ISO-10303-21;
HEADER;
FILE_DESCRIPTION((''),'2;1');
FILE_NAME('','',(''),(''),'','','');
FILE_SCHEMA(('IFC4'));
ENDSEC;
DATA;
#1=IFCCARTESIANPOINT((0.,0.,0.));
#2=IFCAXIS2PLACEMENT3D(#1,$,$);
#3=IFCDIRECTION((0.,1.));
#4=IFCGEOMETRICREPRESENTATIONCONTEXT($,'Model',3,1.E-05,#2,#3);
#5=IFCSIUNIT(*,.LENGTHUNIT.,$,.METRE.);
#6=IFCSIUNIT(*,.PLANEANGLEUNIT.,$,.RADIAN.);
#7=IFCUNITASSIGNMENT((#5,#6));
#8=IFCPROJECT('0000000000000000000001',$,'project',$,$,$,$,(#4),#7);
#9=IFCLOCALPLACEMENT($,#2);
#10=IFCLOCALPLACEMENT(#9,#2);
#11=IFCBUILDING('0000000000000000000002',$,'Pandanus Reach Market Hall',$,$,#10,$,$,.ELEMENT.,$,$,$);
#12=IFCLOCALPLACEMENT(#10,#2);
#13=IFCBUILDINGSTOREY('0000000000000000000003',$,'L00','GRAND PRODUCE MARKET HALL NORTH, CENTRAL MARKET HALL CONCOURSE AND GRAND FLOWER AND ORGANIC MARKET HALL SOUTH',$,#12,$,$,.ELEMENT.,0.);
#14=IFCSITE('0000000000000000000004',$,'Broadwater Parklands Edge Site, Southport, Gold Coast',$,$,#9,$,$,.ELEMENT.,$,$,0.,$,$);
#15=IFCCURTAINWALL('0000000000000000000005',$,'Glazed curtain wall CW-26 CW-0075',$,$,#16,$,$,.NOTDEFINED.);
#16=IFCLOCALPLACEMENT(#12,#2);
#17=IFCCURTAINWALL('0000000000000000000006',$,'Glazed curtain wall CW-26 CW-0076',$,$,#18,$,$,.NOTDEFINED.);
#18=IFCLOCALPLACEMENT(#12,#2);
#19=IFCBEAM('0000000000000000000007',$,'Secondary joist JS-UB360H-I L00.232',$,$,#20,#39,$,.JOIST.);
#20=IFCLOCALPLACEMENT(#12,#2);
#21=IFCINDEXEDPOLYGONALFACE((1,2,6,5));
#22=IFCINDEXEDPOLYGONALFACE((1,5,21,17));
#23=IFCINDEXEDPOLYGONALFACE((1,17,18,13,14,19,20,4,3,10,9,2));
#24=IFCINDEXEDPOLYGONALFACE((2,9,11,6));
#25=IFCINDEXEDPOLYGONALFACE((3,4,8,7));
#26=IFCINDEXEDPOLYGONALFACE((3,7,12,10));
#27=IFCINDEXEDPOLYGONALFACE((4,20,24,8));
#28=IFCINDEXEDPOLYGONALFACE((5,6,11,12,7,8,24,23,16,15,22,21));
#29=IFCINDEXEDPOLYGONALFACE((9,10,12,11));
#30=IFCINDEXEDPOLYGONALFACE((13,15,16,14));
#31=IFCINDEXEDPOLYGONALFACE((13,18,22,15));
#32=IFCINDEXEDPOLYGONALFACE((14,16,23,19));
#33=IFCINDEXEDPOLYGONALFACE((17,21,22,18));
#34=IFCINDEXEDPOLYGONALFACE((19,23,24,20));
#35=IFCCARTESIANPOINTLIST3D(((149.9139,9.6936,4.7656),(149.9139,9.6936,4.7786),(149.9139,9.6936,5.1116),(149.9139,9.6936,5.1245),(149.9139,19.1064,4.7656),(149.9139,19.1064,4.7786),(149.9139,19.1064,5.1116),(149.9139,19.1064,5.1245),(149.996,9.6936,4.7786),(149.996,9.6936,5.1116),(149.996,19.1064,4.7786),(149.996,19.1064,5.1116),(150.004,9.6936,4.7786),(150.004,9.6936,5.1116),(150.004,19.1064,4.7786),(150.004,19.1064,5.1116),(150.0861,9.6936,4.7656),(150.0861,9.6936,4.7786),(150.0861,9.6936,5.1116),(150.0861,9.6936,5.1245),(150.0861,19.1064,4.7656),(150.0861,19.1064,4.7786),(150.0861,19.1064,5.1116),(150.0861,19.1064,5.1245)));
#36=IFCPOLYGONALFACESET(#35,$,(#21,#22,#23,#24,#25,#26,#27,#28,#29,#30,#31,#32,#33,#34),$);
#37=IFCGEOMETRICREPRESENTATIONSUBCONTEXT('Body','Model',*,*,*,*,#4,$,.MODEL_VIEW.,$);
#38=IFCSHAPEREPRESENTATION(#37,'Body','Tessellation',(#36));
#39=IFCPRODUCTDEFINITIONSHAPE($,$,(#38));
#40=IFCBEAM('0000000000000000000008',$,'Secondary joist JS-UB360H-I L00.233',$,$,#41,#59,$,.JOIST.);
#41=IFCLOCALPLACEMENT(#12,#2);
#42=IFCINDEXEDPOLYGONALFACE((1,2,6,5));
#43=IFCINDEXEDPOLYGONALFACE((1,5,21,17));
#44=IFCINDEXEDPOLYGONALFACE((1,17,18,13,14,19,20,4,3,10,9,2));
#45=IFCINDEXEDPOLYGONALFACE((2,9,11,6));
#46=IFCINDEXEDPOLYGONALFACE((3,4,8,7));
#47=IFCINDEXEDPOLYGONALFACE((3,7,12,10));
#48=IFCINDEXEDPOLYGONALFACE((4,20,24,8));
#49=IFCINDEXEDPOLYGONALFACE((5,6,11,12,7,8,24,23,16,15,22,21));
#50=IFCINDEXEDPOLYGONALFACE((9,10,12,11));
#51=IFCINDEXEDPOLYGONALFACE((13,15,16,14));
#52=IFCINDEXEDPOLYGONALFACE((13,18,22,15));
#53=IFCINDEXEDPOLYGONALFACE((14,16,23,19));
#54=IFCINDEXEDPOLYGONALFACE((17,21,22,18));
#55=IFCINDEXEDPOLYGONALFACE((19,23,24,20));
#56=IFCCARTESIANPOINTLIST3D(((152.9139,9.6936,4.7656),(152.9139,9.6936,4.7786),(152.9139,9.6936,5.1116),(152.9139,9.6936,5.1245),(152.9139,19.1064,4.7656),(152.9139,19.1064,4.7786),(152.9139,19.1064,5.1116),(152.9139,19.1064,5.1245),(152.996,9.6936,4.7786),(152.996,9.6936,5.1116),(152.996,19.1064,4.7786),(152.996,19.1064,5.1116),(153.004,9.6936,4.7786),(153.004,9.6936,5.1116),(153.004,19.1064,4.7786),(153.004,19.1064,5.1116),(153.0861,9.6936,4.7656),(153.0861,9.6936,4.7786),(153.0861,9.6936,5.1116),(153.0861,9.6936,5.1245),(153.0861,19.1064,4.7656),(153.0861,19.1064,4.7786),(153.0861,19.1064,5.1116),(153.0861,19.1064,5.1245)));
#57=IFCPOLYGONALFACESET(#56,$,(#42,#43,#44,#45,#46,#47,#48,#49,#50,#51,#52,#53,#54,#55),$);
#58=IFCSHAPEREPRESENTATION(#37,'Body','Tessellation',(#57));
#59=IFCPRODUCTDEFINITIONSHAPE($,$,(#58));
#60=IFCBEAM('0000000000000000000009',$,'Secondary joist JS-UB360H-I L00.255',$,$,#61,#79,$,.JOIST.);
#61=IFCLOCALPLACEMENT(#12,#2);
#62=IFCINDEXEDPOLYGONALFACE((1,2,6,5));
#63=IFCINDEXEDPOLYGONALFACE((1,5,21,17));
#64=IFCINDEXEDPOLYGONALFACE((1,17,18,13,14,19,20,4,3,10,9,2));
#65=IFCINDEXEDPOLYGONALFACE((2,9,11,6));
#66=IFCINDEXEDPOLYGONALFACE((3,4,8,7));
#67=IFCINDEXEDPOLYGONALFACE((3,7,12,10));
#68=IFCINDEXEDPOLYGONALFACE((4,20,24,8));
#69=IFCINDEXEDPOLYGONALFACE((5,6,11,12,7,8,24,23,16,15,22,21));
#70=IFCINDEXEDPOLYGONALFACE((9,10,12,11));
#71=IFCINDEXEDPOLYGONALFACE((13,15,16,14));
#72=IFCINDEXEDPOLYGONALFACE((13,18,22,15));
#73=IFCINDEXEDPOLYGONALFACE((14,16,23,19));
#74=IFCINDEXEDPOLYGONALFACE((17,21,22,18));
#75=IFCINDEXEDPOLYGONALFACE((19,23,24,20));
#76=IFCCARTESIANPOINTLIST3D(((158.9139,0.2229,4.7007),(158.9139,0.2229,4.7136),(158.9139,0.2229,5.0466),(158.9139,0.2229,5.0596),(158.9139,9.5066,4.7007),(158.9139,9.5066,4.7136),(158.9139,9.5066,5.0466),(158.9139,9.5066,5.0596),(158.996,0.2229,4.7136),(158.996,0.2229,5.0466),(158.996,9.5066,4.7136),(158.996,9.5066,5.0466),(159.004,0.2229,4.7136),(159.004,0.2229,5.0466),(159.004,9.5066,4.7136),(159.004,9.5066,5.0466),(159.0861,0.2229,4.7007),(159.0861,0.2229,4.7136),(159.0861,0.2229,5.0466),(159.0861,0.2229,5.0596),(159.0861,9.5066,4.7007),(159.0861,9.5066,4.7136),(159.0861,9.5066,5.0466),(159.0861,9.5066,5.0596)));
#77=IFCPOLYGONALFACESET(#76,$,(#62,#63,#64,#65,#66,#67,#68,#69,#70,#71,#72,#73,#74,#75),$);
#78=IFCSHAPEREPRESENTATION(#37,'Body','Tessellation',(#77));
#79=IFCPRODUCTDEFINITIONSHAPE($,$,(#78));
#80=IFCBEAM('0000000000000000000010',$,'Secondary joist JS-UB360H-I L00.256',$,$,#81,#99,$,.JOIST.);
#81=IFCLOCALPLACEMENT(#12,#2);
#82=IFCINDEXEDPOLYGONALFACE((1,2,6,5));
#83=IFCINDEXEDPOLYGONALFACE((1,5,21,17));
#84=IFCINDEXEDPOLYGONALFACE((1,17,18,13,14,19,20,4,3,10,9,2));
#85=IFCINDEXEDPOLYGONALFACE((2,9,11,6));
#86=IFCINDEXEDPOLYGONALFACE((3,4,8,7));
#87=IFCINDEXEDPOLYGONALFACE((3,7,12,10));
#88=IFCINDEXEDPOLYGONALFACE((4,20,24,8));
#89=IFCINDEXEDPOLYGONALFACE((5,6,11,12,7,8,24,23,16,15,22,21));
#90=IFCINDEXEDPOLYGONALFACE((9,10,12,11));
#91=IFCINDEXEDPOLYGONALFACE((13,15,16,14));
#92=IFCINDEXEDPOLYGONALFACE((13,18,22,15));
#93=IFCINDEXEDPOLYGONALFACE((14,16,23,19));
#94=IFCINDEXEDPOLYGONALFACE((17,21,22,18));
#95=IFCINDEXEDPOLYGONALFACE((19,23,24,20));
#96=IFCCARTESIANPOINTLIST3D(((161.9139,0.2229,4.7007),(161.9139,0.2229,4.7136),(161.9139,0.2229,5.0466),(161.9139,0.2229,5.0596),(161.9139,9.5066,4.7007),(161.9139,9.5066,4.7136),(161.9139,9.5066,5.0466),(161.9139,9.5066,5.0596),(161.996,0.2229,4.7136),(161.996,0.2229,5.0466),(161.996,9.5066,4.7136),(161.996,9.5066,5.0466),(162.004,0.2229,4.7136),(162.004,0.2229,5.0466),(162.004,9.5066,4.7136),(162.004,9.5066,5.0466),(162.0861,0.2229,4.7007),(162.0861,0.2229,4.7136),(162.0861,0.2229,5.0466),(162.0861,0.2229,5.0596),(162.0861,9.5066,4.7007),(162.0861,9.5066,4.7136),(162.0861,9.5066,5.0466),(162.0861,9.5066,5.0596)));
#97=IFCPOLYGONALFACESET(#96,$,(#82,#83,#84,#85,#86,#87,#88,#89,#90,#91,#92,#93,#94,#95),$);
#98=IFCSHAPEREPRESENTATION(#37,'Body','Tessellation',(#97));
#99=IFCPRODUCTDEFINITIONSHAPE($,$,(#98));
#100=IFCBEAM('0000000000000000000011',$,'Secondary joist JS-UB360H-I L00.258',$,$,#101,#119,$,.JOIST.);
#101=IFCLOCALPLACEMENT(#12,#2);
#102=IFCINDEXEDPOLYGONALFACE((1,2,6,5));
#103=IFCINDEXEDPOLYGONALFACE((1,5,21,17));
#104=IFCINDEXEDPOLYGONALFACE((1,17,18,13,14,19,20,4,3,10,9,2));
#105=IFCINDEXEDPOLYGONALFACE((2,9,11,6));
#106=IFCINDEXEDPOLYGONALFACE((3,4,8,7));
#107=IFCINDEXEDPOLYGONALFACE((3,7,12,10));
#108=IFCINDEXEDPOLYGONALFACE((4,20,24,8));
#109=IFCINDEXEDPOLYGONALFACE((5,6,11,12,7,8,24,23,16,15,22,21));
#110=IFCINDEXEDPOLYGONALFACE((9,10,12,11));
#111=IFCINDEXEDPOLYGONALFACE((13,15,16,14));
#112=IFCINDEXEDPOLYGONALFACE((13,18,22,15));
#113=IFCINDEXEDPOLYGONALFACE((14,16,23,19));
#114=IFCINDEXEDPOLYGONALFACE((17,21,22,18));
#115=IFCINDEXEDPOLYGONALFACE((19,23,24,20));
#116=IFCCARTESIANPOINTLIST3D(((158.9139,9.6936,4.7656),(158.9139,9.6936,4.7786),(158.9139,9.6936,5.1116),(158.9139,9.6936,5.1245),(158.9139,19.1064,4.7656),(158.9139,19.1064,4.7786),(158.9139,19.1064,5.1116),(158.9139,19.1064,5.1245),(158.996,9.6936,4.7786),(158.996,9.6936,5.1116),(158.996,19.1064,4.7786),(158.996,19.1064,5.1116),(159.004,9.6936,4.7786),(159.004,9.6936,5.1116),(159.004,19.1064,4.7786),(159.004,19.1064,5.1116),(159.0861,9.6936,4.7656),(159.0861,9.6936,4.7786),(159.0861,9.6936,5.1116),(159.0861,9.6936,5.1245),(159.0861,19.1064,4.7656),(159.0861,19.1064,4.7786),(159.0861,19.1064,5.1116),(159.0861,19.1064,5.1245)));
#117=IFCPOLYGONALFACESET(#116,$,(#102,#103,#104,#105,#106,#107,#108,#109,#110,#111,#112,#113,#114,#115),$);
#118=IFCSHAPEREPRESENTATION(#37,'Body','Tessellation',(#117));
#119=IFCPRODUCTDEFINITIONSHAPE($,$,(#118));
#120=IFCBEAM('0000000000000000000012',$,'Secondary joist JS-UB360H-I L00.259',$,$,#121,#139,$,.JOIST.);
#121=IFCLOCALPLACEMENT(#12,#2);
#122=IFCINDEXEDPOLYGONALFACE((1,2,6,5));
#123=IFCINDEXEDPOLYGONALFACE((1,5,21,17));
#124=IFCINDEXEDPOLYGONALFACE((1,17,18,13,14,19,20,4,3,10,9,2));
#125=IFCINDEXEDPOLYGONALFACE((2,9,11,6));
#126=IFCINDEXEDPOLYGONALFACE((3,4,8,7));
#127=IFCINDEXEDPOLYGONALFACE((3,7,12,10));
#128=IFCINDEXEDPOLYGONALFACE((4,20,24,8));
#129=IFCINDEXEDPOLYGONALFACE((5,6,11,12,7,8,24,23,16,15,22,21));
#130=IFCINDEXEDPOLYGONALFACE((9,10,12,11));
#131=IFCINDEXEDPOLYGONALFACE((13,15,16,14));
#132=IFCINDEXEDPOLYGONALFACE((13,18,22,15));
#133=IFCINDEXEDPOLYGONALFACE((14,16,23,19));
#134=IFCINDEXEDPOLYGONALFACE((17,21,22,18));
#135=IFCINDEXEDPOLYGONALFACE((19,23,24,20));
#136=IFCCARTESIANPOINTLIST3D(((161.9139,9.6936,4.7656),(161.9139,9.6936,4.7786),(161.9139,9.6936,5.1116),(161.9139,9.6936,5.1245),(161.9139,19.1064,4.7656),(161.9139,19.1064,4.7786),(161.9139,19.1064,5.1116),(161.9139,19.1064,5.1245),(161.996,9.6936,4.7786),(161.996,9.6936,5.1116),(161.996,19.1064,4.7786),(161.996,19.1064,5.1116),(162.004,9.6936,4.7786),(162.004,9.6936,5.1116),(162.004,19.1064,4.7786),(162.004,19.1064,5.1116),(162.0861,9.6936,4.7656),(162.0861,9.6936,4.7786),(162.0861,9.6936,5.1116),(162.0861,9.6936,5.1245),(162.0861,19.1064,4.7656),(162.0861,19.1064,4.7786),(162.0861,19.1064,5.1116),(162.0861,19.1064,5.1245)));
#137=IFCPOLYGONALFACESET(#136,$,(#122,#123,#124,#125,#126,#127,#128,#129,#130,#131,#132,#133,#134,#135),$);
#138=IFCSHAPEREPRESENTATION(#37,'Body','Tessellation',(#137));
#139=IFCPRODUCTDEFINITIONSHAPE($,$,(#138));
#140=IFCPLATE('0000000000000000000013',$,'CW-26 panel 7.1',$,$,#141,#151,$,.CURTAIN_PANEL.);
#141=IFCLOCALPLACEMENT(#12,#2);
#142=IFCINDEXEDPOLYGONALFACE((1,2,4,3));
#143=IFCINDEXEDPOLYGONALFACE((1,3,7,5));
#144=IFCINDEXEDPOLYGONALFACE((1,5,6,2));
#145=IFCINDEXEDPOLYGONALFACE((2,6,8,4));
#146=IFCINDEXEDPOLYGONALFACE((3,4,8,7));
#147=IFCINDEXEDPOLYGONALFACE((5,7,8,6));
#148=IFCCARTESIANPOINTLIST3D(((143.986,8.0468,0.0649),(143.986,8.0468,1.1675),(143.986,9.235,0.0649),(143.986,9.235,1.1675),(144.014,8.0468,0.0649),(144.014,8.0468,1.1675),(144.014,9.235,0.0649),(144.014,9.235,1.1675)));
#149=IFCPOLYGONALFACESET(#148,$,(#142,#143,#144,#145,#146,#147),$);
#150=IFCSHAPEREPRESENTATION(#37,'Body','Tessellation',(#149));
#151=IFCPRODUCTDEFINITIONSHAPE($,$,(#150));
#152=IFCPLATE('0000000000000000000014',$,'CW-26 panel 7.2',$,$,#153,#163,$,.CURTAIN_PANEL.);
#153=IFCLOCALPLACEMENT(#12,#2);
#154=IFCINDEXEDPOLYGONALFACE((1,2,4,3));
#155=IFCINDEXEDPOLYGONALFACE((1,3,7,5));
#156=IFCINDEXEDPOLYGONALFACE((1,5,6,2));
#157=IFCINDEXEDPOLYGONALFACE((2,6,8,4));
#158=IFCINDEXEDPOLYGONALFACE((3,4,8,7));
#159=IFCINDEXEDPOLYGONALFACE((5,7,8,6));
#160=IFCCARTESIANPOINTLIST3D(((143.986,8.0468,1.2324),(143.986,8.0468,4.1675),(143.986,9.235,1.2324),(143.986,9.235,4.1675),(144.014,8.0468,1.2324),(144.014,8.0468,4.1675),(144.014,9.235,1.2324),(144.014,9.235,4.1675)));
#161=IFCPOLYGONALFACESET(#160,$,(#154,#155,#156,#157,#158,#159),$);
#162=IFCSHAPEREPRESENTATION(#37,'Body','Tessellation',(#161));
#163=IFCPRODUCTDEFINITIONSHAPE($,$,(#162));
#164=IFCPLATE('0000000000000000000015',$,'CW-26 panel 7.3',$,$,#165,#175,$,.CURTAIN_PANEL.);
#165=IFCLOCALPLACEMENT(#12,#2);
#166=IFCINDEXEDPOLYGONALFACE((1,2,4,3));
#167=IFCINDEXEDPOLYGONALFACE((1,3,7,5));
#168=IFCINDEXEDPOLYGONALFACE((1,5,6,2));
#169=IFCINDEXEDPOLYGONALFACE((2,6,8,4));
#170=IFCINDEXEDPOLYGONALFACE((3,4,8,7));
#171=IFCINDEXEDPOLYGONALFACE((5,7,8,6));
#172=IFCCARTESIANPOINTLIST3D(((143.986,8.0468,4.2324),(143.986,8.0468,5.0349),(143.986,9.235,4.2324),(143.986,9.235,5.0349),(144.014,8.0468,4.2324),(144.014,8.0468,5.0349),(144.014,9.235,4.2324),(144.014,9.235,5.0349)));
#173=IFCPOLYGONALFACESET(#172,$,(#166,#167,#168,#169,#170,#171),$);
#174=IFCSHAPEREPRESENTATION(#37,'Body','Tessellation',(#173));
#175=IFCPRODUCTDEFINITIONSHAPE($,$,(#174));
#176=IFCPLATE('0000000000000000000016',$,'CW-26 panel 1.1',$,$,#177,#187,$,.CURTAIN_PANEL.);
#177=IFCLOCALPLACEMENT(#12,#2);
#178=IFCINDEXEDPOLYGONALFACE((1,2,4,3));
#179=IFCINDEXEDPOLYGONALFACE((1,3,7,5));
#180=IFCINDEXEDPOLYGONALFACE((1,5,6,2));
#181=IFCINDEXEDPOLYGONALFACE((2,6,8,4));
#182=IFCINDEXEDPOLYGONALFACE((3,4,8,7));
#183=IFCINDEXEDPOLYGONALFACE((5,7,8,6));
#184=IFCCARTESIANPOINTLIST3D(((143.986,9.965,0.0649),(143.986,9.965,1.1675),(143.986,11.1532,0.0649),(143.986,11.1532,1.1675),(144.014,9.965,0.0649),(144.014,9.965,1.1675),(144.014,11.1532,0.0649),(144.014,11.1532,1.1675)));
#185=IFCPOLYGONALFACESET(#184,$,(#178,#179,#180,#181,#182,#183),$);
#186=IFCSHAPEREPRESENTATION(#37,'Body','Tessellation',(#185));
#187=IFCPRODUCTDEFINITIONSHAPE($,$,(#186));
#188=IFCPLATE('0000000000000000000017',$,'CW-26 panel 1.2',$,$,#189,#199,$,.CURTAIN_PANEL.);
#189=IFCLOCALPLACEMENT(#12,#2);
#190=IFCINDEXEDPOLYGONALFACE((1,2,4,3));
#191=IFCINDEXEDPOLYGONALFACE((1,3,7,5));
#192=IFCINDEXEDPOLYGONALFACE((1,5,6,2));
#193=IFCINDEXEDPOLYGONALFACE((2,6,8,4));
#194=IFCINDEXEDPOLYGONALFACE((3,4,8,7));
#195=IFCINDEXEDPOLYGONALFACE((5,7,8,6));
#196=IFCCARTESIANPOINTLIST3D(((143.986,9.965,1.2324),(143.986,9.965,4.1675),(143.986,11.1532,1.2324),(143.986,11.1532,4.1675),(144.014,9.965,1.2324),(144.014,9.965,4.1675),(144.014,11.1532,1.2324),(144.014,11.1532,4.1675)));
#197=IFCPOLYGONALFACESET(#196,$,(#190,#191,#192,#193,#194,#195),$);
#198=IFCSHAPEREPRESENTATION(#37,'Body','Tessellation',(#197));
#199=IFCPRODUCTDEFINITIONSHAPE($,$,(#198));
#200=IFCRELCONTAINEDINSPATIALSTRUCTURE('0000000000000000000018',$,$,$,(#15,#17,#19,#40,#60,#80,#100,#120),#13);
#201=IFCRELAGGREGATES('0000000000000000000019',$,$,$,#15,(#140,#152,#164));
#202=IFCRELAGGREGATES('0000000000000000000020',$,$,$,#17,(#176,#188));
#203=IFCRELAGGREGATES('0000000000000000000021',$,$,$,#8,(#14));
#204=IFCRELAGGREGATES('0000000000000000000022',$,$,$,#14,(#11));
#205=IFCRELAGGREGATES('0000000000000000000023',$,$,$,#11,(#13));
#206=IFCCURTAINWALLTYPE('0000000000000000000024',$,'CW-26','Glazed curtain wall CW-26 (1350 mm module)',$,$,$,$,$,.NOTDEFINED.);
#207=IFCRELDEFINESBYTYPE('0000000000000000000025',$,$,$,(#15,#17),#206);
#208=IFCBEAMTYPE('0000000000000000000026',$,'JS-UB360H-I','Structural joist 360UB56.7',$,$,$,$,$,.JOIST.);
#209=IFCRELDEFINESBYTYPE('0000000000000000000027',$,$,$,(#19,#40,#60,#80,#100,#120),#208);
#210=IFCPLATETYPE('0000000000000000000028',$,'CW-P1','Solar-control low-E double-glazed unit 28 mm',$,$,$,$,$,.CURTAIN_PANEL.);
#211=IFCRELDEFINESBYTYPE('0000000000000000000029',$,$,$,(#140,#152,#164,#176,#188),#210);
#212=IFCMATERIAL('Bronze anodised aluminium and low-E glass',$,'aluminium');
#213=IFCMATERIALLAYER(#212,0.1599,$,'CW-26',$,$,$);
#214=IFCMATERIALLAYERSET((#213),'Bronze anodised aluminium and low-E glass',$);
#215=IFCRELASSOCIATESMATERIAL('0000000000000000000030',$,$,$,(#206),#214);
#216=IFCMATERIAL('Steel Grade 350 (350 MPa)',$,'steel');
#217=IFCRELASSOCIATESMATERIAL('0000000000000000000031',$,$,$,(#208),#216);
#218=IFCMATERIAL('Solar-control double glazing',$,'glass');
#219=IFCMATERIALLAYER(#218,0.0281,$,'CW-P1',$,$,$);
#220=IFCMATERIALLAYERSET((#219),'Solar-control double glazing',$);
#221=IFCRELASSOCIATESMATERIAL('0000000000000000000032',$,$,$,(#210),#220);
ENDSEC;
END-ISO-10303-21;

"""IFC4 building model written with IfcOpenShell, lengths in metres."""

from ifc_helpers import new_model, si_unit, direction, frame, origin, origin_2d, place, context, subcontext, project, spatial, rectangle, i_section, extrude, material, layer, layer_set, material_profile, profile_set, type_object, element, aggregate, save


model = new_model("IFC4")

# Units and contexts
model_context = context("Model", 3, precision=1e-05, world=origin(), true_north=direction((0.0, 1.0)))
body_context = subcontext(model_context, "Body", "Model", "MODEL_VIEW")
ifc_project = project(units=[si_unit("LENGTHUNIT", "METRE"), si_unit("PLANEANGLEUNIT", "RADIAN")], contexts=[model_context])

# Site, building, storey
site_placement = place(None, origin())
site = spatial("IfcSite", under=ifc_project, at=site_placement, Name="Broadwater Parklands Edge Site, Southport, Gold Coast", CompositionType="ELEMENT", RefElevation=0.0)
building_placement = place(site_placement, origin())
building = spatial("IfcBuilding", under=site, at=building_placement, Name="Pandanus Reach Market Hall", CompositionType="ELEMENT")
storey_placement = place(building_placement, origin())
storey = spatial("IfcBuildingStorey", under=building, at=storey_placement, Name="L00", Description="GRAND PRODUCE MARKET HALL NORTH, CENTRAL MARKET HALL CONCOURSE AND GRAND FLOWER AND ORGANIC MARKET HALL SOUTH", CompositionType="ELEMENT", Elevation=0.0)

# Shared definitions
ifc_material_1 = material(Name="Steel Grade 350 (350 MPa)", Category="steel")

# Curtain walls
ifc_material_2 = material(Name="Bronze anodised aluminium and low-E glass", Category="aluminium")
ifc_layer_1 = layer(ifc_material_2, 0.1599, Name="CW-26")
ifc_layer_set_1 = layer_set([ifc_layer_1], Name="Bronze anodised aluminium and low-E glass")
curtain_wall_type = type_object("IfcCurtainWallType", Name="CW-26", Description="Glazed curtain wall CW-26 (1350 mm module)", PredefinedType="NOTDEFINED", material=ifc_layer_set_1)
curtain_wall_1_placement = place(storey_placement, origin())
curtain_wall_1 = element("IfcCurtainWall", 1, at=curtain_wall_1_placement, inside=storey, type_object=curtain_wall_type, Name="Glazed curtain wall CW-26 CW-0075", PredefinedType="NOTDEFINED")
curtain_wall_2_placement = place(storey_placement, origin())
curtain_wall_2 = element("IfcCurtainWall", 2, at=curtain_wall_2_placement, inside=storey, type_object=curtain_wall_type, Name="Glazed curtain wall CW-26 CW-0076", PredefinedType="NOTDEFINED")

# Beams
ifc_material_profile_1 = material_profile(ifc_material_1, i_section(OverallWidth=0.1721, OverallDepth=0.3589, WebThickness=0.0081, FlangeThickness=0.0129, at=origin_2d()), Name="360UB56.7", Category="LoadBearing")
ifc_profile_set_1 = profile_set([ifc_material_profile_1], Name="Steel Grade 350 (350 MPa)")
beam_type_1 = type_object("IfcBeamType", Name="JS-UB360H-I", Description="Structural joist 360UB56.7", PredefinedType="JOIST", material=ifc_profile_set_1)
for number, where, z_axis, x_axis, name in (
    (3, (150.0, 9.6936, 4.9451), (0.0, 1.0, 0.0), (-1.0, 0.0, 0.0), "Secondary joist JS-UB360H-I L00.232"),
    (4, (153.0, 9.6936, 4.9451), (0.0, 1.0, 0.0), (-1.0, 0.0, 0.0), "Secondary joist JS-UB360H-I L00.233"),
):
    element("IfcBeam", number, at=place(storey_placement, frame(where, z_axis=z_axis, x_axis=x_axis)), inside=storey, type_object=beam_type_1, Name=name, PredefinedType="JOIST", context=body_context, shape_type="SweptSolid", body=[
        extrude(i_section(OverallWidth=0.1721, OverallDepth=0.3589, WebThickness=0.0081, FlangeThickness=0.0129, at=origin_2d()), origin(), (0.0, 0.0, 1.0), 9.4128),
    ])
for number, where, z_axis, x_axis, name in (
    (5, (159.0, 0.2229, 4.8801), (0.0, 1.0, 0.0), (-1.0, 0.0, 0.0), "Secondary joist JS-UB360H-I L00.255"),
    (6, (162.0, 0.2229, 4.8801), (0.0, 1.0, 0.0), (-1.0, 0.0, 0.0), "Secondary joist JS-UB360H-I L00.256"),
):
    element("IfcBeam", number, at=place(storey_placement, frame(where, z_axis=z_axis, x_axis=x_axis)), inside=storey, type_object=beam_type_1, Name=name, PredefinedType="JOIST", context=body_context, shape_type="SweptSolid", body=[
        extrude(i_section(OverallWidth=0.1721, OverallDepth=0.3589, WebThickness=0.0081, FlangeThickness=0.0129, at=origin_2d()), origin(), (0.0, 0.0, 1.0), 9.2837),
    ])
for number, where, z_axis, x_axis, name in (
    (7, (159.0, 9.6936, 4.9451), (0.0, 1.0, 0.0), (-1.0, 0.0, 0.0), "Secondary joist JS-UB360H-I L00.258"),
    (8, (162.0, 9.6936, 4.9451), (0.0, 1.0, 0.0), (-1.0, 0.0, 0.0), "Secondary joist JS-UB360H-I L00.259"),
):
    element("IfcBeam", number, at=place(storey_placement, frame(where, z_axis=z_axis, x_axis=x_axis)), inside=storey, type_object=beam_type_1, Name=name, PredefinedType="JOIST", context=body_context, shape_type="SweptSolid", body=[
        extrude(i_section(OverallWidth=0.1721, OverallDepth=0.3589, WebThickness=0.0081, FlangeThickness=0.0129, at=origin_2d()), origin(), (0.0, 0.0, 1.0), 9.4128),
    ])

# Plates
ifc_material_3 = material(Name="Solar-control double glazing", Category="glass")
ifc_layer_2 = layer(ifc_material_3, 0.0281, Name="CW-P1")
ifc_layer_set_2 = layer_set([ifc_layer_2], Name="Solar-control double glazing")
plate_type = type_object("IfcPlateType", Name="CW-P1", Description="Solar-control low-E double-glazed unit 28 mm", PredefinedType="CURTAIN_PANEL", material=ifc_layer_set_2)
plate_1_placement = place(storey_placement, frame((144.0, 8.6409, 0.0649), z_axis=(0.0, 0.0, 1.0), x_axis=(0.0, 1.0, 0.0)))
plate_1 = element("IfcPlate", 9, at=plate_1_placement, type_object=plate_type, Name="CW-26 panel 7.1", PredefinedType="CURTAIN_PANEL", context=body_context, shape_type="SweptSolid", body=[
    extrude(rectangle(XDim=1.1882, YDim=0.0281, at=origin_2d()), origin(), (0.0, 0.0, 1.0), 1.1025),
])
plate_2_placement = place(storey_placement, frame((144.0, 8.6409, 1.2324), z_axis=(0.0, 0.0, 1.0), x_axis=(0.0, 1.0, 0.0)))
plate_2 = element("IfcPlate", 10, at=plate_2_placement, type_object=plate_type, Name="CW-26 panel 7.2", PredefinedType="CURTAIN_PANEL", context=body_context, shape_type="SweptSolid", body=[
    extrude(rectangle(XDim=1.1882, YDim=0.0281, at=origin_2d()), origin(), (0.0, 0.0, 1.0), 2.9351),
])
plate_3_placement = place(storey_placement, frame((144.0, 8.6409, 4.2324), z_axis=(0.0, 0.0, 1.0), x_axis=(0.0, 1.0, 0.0)))
plate_3 = element("IfcPlate", 11, at=plate_3_placement, type_object=plate_type, Name="CW-26 panel 7.3", PredefinedType="CURTAIN_PANEL", context=body_context, shape_type="SweptSolid", body=[
    extrude(rectangle(XDim=1.1882, YDim=0.0281, at=origin_2d()), origin(), (0.0, 0.0, 1.0), 0.8025),
])
aggregate(curtain_wall_1, [plate_1, plate_2, plate_3])
plate_4_placement = place(storey_placement, frame((144.0, 10.5591, 0.0649), z_axis=(0.0, 0.0, 1.0), x_axis=(0.0, 1.0, 0.0)))
plate_4 = element("IfcPlate", 12, at=plate_4_placement, type_object=plate_type, Name="CW-26 panel 1.1", PredefinedType="CURTAIN_PANEL", context=body_context, shape_type="SweptSolid", body=[
    extrude(rectangle(XDim=1.1882, YDim=0.0281, at=origin_2d()), origin(), (0.0, 0.0, 1.0), 1.1025),
])
plate_5_placement = place(storey_placement, frame((144.0, 10.5591, 1.2324), z_axis=(0.0, 0.0, 1.0), x_axis=(0.0, 1.0, 0.0)))
plate_5 = element("IfcPlate", 13, at=plate_5_placement, type_object=plate_type, Name="CW-26 panel 1.2", PredefinedType="CURTAIN_PANEL", context=body_context, shape_type="SweptSolid", body=[
    extrude(rectangle(XDim=1.1882, YDim=0.0281, at=origin_2d()), origin(), (0.0, 0.0, 1.0), 2.9351),
])
aggregate(curtain_wall_2, [plate_4, plate_5])

save(model, "model.ifc")
